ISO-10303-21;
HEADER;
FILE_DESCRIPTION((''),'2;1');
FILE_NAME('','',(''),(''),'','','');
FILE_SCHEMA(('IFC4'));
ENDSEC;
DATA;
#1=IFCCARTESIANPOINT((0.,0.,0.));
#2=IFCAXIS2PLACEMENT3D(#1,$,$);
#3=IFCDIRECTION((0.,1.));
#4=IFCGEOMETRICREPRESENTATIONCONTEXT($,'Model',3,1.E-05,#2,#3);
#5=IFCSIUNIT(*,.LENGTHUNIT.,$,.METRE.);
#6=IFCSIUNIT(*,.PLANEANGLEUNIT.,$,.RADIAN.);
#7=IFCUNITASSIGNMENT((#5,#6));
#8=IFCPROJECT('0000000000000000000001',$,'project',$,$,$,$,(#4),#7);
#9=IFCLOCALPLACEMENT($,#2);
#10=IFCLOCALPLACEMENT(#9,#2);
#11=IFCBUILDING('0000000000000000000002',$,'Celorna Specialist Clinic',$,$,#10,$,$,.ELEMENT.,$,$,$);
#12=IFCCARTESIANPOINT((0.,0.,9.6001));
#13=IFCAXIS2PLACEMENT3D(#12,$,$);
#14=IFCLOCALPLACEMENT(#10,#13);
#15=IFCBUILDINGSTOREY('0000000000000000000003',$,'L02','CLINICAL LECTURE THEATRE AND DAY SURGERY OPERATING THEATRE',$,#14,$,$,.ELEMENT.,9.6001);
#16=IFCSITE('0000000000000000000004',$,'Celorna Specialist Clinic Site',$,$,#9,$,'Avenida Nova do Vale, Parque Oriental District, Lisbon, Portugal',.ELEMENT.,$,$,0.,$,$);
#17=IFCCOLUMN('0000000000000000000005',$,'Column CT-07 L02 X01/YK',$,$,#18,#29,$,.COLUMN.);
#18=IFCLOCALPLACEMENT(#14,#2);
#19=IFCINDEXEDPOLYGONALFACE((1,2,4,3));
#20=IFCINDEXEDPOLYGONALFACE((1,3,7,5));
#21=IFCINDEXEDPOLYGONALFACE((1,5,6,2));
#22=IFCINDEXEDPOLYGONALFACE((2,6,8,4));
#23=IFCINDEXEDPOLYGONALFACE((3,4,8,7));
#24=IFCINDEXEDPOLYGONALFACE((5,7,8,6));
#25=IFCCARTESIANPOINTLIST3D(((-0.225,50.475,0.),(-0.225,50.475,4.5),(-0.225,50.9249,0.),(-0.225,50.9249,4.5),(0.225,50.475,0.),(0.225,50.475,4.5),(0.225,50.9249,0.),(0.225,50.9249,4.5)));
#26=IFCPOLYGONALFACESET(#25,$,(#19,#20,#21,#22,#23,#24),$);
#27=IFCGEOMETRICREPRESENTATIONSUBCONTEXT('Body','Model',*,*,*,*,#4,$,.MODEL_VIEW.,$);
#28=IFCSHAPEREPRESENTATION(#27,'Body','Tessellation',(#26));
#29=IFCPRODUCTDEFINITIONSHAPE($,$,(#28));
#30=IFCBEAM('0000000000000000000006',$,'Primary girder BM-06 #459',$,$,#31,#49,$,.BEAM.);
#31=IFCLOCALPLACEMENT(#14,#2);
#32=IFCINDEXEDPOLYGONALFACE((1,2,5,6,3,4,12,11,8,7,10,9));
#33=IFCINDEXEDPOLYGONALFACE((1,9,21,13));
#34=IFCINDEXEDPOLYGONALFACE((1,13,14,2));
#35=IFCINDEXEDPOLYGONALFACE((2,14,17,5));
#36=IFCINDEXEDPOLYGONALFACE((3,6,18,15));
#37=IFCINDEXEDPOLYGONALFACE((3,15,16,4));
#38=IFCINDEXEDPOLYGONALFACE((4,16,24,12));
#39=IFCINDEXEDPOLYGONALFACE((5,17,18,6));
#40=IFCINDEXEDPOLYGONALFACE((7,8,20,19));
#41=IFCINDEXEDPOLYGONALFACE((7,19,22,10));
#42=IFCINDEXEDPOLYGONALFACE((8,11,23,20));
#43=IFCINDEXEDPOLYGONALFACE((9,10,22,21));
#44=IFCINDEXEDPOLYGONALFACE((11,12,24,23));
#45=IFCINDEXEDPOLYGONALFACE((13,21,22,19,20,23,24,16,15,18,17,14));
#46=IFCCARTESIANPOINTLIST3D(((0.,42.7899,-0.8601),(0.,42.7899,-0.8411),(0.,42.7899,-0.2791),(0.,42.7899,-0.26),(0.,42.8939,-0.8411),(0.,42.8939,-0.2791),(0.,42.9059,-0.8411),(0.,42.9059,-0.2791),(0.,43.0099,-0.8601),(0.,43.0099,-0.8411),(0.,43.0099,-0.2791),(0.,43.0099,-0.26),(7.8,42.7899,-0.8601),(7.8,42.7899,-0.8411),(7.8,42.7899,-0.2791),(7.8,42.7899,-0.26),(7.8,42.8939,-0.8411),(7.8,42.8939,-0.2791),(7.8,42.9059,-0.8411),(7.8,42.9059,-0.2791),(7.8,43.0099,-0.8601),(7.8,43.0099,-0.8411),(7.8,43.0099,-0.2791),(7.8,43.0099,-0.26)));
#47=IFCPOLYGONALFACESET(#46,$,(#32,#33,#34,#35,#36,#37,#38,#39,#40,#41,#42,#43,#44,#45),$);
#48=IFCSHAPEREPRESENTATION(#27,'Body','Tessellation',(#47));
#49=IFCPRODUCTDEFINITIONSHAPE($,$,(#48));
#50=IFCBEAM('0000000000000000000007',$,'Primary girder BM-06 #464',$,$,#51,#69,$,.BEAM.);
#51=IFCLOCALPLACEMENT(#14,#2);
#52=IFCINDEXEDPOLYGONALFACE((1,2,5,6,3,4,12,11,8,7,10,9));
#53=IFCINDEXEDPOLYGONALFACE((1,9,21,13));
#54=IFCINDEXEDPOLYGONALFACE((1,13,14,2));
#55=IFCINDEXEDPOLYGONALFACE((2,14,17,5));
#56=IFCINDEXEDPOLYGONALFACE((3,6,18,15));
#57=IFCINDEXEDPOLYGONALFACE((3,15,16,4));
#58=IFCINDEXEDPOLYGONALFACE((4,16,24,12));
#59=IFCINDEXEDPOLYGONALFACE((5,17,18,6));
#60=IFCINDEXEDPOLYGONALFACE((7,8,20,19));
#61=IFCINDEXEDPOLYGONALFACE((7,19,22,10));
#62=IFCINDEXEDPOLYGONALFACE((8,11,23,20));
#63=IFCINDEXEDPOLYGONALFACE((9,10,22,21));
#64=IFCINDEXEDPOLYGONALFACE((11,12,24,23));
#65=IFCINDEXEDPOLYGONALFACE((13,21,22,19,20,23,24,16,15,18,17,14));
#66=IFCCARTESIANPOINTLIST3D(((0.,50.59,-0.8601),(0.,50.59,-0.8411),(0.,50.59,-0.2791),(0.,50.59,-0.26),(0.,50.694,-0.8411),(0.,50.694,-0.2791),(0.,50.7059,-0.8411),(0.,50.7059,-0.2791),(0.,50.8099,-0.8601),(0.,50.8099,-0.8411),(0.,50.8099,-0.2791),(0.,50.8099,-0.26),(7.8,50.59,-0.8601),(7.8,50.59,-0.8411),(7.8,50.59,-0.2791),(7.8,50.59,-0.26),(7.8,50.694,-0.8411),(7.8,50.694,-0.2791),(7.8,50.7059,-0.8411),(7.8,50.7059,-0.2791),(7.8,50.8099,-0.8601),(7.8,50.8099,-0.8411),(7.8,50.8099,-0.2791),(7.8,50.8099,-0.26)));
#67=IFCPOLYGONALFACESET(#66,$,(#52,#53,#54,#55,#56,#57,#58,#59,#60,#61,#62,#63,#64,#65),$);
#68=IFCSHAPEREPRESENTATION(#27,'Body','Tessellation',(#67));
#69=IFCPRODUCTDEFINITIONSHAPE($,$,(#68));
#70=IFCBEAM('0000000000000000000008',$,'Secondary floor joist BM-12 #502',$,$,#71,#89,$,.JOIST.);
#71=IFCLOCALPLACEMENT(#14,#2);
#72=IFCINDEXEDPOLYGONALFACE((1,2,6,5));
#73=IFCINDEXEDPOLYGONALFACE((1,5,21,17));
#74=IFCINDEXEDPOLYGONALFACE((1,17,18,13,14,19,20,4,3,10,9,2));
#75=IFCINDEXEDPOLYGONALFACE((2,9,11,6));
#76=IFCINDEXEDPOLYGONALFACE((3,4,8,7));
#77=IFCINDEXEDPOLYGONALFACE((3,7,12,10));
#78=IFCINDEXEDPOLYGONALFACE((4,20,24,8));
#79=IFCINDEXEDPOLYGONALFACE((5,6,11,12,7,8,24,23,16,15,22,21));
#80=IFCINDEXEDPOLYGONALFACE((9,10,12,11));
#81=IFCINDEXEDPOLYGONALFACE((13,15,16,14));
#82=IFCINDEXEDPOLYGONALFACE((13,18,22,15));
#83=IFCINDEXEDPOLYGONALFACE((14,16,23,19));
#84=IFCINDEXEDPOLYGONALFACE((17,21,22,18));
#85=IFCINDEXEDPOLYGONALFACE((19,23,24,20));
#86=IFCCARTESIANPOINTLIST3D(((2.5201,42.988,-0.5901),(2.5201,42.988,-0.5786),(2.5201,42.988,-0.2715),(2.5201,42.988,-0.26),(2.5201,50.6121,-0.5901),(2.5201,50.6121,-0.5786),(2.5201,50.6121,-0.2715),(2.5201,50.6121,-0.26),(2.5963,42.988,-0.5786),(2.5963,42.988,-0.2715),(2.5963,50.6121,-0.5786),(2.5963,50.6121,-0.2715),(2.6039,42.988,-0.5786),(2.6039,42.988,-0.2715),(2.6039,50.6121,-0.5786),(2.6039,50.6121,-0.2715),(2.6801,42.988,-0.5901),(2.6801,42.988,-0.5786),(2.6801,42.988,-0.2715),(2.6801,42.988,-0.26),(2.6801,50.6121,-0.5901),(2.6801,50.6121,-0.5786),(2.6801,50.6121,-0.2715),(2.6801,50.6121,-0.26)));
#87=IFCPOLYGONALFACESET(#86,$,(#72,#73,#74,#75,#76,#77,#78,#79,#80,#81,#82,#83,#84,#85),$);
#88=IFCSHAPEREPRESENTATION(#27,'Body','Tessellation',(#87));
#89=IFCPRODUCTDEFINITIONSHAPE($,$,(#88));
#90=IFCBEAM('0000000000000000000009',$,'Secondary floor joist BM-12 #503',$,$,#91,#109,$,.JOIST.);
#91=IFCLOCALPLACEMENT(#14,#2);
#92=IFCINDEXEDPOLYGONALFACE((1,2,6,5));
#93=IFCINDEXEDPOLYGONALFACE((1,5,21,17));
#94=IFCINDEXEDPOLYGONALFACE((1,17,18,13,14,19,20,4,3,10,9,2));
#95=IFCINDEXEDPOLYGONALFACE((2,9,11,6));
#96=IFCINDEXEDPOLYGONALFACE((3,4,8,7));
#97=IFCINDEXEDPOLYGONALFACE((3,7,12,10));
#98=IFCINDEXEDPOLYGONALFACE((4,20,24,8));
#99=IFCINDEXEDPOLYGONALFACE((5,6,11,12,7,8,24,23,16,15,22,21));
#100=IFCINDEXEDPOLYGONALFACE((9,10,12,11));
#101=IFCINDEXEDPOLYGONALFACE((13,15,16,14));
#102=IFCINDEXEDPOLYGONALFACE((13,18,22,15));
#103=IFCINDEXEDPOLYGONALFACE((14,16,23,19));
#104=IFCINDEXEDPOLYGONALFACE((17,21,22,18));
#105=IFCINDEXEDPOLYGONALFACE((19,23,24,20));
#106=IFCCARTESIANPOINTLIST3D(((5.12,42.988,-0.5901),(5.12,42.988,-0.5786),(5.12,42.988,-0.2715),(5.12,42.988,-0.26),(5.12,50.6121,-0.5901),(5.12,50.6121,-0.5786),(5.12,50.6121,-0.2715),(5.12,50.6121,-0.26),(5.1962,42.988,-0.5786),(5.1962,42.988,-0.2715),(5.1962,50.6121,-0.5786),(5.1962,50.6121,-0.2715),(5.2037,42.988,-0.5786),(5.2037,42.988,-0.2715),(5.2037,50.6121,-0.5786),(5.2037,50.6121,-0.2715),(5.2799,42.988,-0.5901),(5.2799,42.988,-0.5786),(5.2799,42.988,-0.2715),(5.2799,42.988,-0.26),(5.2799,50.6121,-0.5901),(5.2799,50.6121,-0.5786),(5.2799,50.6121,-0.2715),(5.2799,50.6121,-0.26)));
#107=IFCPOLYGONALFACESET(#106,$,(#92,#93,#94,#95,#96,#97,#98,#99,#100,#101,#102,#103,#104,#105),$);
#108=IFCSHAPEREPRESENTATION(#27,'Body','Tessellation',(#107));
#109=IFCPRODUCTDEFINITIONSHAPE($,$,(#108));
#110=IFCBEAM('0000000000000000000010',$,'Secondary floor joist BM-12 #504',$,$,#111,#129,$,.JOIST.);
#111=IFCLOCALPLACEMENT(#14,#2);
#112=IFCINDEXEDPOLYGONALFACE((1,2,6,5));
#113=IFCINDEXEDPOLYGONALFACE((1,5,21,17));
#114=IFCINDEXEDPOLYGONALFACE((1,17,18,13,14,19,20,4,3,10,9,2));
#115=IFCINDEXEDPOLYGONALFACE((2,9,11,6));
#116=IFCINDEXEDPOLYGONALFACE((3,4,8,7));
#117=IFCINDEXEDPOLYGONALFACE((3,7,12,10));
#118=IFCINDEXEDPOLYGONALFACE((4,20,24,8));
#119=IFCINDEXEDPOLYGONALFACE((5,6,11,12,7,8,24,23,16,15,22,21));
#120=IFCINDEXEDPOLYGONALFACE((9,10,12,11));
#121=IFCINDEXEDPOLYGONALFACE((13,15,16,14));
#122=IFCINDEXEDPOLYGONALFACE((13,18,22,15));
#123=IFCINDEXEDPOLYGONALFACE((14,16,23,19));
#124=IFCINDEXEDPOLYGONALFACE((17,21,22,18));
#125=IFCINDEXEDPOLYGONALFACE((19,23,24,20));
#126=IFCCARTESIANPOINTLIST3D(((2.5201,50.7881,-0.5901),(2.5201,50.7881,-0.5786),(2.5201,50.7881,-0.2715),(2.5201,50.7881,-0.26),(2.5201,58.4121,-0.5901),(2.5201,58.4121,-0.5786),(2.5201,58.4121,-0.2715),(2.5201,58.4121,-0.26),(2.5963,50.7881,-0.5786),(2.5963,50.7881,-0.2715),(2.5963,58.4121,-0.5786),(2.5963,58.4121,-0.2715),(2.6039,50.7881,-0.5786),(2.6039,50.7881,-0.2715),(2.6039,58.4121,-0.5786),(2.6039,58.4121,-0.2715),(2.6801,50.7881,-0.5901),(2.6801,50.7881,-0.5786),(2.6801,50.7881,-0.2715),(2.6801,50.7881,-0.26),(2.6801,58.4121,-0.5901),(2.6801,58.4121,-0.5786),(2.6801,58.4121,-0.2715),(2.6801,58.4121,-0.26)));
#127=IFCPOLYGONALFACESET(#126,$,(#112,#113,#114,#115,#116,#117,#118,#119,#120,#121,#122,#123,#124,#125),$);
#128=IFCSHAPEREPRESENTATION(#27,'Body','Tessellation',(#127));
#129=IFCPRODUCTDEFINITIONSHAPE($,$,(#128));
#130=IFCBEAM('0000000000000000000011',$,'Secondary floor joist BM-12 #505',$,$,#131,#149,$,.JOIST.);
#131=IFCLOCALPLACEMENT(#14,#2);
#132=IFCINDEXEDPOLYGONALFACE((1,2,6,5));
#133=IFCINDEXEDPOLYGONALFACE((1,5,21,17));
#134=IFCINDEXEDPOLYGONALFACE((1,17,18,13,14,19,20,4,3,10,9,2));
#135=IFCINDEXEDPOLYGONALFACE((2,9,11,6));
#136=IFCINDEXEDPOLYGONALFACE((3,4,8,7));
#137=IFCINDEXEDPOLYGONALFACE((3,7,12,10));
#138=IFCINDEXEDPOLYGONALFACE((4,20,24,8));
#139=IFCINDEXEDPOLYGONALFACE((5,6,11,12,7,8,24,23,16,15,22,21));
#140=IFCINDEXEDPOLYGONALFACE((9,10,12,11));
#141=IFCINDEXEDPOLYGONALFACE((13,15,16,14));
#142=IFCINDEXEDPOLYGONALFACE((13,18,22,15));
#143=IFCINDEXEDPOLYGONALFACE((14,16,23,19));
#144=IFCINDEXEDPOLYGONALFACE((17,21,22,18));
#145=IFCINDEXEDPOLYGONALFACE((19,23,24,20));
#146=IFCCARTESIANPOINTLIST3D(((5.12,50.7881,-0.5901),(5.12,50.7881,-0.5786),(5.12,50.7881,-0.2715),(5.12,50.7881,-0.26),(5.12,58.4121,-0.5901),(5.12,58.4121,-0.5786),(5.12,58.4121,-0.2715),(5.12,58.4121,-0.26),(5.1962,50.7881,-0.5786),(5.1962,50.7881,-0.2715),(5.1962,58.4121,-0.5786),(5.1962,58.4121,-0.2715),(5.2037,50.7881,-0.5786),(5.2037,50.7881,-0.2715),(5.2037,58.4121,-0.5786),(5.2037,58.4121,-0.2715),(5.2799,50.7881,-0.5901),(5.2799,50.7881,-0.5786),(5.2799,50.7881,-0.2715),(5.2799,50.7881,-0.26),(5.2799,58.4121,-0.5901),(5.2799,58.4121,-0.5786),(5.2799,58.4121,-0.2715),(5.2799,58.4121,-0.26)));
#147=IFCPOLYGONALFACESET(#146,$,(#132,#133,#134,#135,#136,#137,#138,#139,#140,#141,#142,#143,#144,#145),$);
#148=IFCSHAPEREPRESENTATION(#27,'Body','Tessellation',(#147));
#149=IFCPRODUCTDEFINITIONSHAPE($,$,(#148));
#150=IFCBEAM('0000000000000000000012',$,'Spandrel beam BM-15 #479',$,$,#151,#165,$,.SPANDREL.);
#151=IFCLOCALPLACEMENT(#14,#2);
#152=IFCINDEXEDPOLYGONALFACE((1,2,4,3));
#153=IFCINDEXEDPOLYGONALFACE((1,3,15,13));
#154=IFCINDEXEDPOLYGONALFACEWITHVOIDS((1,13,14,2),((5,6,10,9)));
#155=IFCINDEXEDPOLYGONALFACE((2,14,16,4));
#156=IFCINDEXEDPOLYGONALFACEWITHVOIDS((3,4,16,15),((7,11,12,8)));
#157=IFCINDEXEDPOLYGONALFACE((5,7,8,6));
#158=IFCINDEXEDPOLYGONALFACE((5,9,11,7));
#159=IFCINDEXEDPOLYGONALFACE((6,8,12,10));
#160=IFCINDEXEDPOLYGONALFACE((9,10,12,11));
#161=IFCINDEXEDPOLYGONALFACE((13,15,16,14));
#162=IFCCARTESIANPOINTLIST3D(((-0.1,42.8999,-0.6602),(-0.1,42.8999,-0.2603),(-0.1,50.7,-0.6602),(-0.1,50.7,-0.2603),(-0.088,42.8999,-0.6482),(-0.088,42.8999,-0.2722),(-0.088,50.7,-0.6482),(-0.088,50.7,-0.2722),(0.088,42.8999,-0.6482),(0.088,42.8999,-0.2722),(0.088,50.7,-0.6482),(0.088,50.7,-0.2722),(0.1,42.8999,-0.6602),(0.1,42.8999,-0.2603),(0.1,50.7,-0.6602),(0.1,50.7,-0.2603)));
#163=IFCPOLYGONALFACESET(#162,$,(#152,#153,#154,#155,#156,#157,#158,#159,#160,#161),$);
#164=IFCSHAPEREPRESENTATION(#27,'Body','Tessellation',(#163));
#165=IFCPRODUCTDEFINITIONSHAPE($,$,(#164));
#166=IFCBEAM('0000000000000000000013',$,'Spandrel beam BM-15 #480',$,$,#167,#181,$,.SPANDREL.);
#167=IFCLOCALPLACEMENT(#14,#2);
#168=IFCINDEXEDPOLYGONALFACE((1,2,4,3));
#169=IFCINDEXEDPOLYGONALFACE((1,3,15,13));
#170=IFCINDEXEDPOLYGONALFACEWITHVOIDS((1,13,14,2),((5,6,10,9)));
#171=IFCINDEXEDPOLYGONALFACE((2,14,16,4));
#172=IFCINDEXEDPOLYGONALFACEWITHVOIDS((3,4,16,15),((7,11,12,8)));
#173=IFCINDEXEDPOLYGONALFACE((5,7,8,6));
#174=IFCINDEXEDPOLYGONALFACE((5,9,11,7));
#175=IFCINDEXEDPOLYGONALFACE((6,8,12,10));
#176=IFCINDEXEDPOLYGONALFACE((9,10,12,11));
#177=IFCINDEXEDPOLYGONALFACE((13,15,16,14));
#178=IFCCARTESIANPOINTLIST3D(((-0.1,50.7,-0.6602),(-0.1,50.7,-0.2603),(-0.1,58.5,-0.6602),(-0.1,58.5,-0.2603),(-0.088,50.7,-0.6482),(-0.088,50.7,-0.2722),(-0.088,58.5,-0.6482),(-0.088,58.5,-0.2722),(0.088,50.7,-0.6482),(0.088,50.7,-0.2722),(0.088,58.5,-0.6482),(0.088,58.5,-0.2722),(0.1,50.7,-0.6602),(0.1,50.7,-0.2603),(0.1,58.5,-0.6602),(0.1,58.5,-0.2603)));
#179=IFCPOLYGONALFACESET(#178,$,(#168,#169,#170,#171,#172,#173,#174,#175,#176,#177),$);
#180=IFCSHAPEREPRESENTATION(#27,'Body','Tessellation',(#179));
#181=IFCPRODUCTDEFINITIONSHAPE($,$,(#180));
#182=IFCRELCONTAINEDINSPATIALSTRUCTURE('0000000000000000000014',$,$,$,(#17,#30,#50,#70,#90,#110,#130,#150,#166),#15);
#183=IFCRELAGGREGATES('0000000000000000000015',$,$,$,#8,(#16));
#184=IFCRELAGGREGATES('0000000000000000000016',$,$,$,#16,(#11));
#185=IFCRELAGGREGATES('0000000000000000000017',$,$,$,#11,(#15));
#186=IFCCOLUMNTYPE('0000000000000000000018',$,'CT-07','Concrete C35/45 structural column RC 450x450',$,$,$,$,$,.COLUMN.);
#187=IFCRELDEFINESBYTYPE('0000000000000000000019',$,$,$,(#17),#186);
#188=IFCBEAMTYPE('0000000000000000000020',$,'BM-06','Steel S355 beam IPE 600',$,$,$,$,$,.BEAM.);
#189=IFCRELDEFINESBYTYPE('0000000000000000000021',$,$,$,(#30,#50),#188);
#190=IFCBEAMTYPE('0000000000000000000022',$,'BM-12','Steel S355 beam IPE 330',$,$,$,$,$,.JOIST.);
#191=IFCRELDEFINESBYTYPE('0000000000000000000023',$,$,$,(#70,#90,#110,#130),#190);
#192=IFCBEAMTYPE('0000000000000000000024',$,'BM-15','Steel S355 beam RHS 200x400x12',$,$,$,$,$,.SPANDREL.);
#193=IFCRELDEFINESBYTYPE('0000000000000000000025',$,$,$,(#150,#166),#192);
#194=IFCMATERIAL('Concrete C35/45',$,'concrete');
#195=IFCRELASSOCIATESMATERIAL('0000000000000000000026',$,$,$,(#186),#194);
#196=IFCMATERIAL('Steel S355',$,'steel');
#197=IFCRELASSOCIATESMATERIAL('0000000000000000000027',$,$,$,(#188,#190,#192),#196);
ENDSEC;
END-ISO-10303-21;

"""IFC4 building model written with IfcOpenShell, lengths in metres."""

from ifc_helpers import new_model, si_unit, direction, frame, origin, origin_2d, place, context, subcontext, project, spatial, rectangle, hollow_rectangle, i_section, extrude, material, material_profile, profile_set, type_object, element, save


model = new_model("IFC4")

# Units and contexts
model_context = context("Model", 3, precision=1e-05, world=origin(), true_north=direction((0.0, 1.0)))
body_context = subcontext(model_context, "Body", "Model", "MODEL_VIEW")
ifc_project = project(units=[si_unit("LENGTHUNIT", "METRE"), si_unit("PLANEANGLEUNIT", "RADIAN")], contexts=[model_context])

# Site, building, storey
site_placement = place(None, origin())
site = spatial("IfcSite", under=ifc_project, at=site_placement, Name="Celorna Specialist Clinic Site", LongName="Avenida Nova do Vale, Parque Oriental District, Lisbon, Portugal", CompositionType="ELEMENT", RefElevation=0.0)
building_placement = place(site_placement, origin())
building = spatial("IfcBuilding", under=site, at=building_placement, Name="Celorna Specialist Clinic", CompositionType="ELEMENT")
storey_placement = place(building_placement, frame((0.0, 0.0, 9.6001)))
storey = spatial("IfcBuildingStorey", under=building, at=storey_placement, Name="L02", Description="CLINICAL LECTURE THEATRE AND DAY SURGERY OPERATING THEATRE", CompositionType="ELEMENT", Elevation=9.6001)

# Column
ifc_material_1 = material(Name="Concrete C35/45", Category="concrete")
ifc_material_profile_1 = material_profile(ifc_material_1, rectangle(XDim=0.45, YDim=0.45, at=origin_2d()), Name="RC 450x450")
ifc_profile_set_1 = profile_set([ifc_material_profile_1], Name="Concrete C35/45")
column_type = type_object("IfcColumnType", Name="CT-07", Description="Concrete C35/45 structural column RC 450x450", PredefinedType="COLUMN", material=ifc_profile_set_1)
column_placement = place(storey_placement, frame((0.0, 50.7, 0.0), z_axis=(0.0, 0.0, 1.0), x_axis=(1.0, 0.0, 0.0)))
element("IfcColumn", 1, at=column_placement, inside=storey, type_object=column_type, Name="Column CT-07 L02 X01/YK", PredefinedType="COLUMN", context=body_context, shape_type="SweptSolid", body=[
    extrude(rectangle(XDim=0.45, YDim=0.45, at=origin_2d()), origin(), (0.0, 0.0, 1.0), 4.5),
])

# Beams
ifc_material_2 = material(Name="Steel S355", Category="steel")
ifc_material_profile_2 = material_profile(ifc_material_2, i_section(OverallWidth=0.22, OverallDepth=0.6001, WebThickness=0.012, FlangeThickness=0.019, at=origin_2d()), Name="IPE 600")
ifc_profile_set_2 = profile_set([ifc_material_profile_2], Name="Steel S355")
beam_type_1 = type_object("IfcBeamType", Name="BM-06", Description="Steel S355 beam IPE 600", PredefinedType="BEAM", material=ifc_profile_set_2)
for number, where, z_axis, x_axis, name in (
    (2, (0.0, 42.8999, -0.5601), (1.0, 0.0, 0.0), (0.0, 1.0, 0.0), "Primary girder BM-06 #459"),
    (3, (0.0, 50.7, -0.5601), (1.0, 0.0, 0.0), (0.0, 1.0, 0.0), "Primary girder BM-06 #464"),
):
    element("IfcBeam", number, at=place(storey_placement, frame(where, z_axis=z_axis, x_axis=x_axis)), inside=storey, type_object=beam_type_1, Name=name, PredefinedType="BEAM", context=body_context, shape_type="SweptSolid", body=[
        extrude(i_section(OverallWidth=0.22, OverallDepth=0.6001, WebThickness=0.012, FlangeThickness=0.019, at=origin_2d()), origin(), (0.0, 0.0, 1.0), 7.8),
    ])
ifc_material_profile_3 = material_profile(ifc_material_2, i_section(OverallWidth=0.1599, OverallDepth=0.3301, WebThickness=0.0076, FlangeThickness=0.0115, at=origin_2d()), Name="IPE 330")
ifc_profile_set_3 = profile_set([ifc_material_profile_3], Name="Steel S355")
beam_type_2 = type_object("IfcBeamType", Name="BM-12", Description="Steel S355 beam IPE 330", PredefinedType="JOIST", material=ifc_profile_set_3)
for number, where, z_axis, x_axis, name in (
    (4, (2.6001, 42.988, -0.425), (0.0, 1.0, 0.0), (-1.0, 0.0, 0.0), "Secondary floor joist BM-12 #502"),
    (5, (5.2, 42.988, -0.425), (0.0, 1.0, 0.0), (-1.0, 0.0, 0.0), "Secondary floor joist BM-12 #503"),
    (6, (2.6001, 50.7881, -0.425), (0.0, 1.0, 0.0), (-1.0, 0.0, 0.0), "Secondary floor joist BM-12 #504"),
    (7, (5.2, 50.7881, -0.425), (0.0, 1.0, 0.0), (-1.0, 0.0, 0.0), "Secondary floor joist BM-12 #505"),
):
    element("IfcBeam", number, at=place(storey_placement, frame(where, z_axis=z_axis, x_axis=x_axis)), inside=storey, type_object=beam_type_2, Name=name, PredefinedType="JOIST", context=body_context, shape_type="SweptSolid", body=[
        extrude(i_section(OverallWidth=0.1599, OverallDepth=0.3301, WebThickness=0.0076, FlangeThickness=0.0115, at=origin_2d()), origin(), (0.0, 0.0, 1.0), 7.624),
    ])
ifc_material_profile_4 = material_profile(ifc_material_2, hollow_rectangle(XDim=0.2, YDim=0.3999, WallThickness=0.012, at=origin_2d()), Name="RHS 200x400x12")
ifc_profile_set_4 = profile_set([ifc_material_profile_4], Name="Steel S355")
beam_type_3 = type_object("IfcBeamType", Name="BM-15", Description="Steel S355 beam RHS 200x400x12", PredefinedType="SPANDREL", material=ifc_profile_set_4)
for number, where, z_axis, x_axis, name in (
    (8, (0.0, 42.8999, -0.4602), (0.0, 1.0, 0.0), (-1.0, 0.0, 0.0), "Spandrel beam BM-15 #479"),
    (9, (0.0, 50.7, -0.4602), (0.0, 1.0, 0.0), (-1.0, 0.0, 0.0), "Spandrel beam BM-15 #480"),
):
    element("IfcBeam", number, at=place(storey_placement, frame(where, z_axis=z_axis, x_axis=x_axis)), inside=storey, type_object=beam_type_3, Name=name, PredefinedType="SPANDREL", context=body_context, shape_type="SweptSolid", body=[
        extrude(hollow_rectangle(XDim=0.2, YDim=0.3999, WallThickness=0.012, at=origin_2d()), origin(), (0.0, 0.0, 1.0), 7.8),
    ])

save(model, "model.ifc")
